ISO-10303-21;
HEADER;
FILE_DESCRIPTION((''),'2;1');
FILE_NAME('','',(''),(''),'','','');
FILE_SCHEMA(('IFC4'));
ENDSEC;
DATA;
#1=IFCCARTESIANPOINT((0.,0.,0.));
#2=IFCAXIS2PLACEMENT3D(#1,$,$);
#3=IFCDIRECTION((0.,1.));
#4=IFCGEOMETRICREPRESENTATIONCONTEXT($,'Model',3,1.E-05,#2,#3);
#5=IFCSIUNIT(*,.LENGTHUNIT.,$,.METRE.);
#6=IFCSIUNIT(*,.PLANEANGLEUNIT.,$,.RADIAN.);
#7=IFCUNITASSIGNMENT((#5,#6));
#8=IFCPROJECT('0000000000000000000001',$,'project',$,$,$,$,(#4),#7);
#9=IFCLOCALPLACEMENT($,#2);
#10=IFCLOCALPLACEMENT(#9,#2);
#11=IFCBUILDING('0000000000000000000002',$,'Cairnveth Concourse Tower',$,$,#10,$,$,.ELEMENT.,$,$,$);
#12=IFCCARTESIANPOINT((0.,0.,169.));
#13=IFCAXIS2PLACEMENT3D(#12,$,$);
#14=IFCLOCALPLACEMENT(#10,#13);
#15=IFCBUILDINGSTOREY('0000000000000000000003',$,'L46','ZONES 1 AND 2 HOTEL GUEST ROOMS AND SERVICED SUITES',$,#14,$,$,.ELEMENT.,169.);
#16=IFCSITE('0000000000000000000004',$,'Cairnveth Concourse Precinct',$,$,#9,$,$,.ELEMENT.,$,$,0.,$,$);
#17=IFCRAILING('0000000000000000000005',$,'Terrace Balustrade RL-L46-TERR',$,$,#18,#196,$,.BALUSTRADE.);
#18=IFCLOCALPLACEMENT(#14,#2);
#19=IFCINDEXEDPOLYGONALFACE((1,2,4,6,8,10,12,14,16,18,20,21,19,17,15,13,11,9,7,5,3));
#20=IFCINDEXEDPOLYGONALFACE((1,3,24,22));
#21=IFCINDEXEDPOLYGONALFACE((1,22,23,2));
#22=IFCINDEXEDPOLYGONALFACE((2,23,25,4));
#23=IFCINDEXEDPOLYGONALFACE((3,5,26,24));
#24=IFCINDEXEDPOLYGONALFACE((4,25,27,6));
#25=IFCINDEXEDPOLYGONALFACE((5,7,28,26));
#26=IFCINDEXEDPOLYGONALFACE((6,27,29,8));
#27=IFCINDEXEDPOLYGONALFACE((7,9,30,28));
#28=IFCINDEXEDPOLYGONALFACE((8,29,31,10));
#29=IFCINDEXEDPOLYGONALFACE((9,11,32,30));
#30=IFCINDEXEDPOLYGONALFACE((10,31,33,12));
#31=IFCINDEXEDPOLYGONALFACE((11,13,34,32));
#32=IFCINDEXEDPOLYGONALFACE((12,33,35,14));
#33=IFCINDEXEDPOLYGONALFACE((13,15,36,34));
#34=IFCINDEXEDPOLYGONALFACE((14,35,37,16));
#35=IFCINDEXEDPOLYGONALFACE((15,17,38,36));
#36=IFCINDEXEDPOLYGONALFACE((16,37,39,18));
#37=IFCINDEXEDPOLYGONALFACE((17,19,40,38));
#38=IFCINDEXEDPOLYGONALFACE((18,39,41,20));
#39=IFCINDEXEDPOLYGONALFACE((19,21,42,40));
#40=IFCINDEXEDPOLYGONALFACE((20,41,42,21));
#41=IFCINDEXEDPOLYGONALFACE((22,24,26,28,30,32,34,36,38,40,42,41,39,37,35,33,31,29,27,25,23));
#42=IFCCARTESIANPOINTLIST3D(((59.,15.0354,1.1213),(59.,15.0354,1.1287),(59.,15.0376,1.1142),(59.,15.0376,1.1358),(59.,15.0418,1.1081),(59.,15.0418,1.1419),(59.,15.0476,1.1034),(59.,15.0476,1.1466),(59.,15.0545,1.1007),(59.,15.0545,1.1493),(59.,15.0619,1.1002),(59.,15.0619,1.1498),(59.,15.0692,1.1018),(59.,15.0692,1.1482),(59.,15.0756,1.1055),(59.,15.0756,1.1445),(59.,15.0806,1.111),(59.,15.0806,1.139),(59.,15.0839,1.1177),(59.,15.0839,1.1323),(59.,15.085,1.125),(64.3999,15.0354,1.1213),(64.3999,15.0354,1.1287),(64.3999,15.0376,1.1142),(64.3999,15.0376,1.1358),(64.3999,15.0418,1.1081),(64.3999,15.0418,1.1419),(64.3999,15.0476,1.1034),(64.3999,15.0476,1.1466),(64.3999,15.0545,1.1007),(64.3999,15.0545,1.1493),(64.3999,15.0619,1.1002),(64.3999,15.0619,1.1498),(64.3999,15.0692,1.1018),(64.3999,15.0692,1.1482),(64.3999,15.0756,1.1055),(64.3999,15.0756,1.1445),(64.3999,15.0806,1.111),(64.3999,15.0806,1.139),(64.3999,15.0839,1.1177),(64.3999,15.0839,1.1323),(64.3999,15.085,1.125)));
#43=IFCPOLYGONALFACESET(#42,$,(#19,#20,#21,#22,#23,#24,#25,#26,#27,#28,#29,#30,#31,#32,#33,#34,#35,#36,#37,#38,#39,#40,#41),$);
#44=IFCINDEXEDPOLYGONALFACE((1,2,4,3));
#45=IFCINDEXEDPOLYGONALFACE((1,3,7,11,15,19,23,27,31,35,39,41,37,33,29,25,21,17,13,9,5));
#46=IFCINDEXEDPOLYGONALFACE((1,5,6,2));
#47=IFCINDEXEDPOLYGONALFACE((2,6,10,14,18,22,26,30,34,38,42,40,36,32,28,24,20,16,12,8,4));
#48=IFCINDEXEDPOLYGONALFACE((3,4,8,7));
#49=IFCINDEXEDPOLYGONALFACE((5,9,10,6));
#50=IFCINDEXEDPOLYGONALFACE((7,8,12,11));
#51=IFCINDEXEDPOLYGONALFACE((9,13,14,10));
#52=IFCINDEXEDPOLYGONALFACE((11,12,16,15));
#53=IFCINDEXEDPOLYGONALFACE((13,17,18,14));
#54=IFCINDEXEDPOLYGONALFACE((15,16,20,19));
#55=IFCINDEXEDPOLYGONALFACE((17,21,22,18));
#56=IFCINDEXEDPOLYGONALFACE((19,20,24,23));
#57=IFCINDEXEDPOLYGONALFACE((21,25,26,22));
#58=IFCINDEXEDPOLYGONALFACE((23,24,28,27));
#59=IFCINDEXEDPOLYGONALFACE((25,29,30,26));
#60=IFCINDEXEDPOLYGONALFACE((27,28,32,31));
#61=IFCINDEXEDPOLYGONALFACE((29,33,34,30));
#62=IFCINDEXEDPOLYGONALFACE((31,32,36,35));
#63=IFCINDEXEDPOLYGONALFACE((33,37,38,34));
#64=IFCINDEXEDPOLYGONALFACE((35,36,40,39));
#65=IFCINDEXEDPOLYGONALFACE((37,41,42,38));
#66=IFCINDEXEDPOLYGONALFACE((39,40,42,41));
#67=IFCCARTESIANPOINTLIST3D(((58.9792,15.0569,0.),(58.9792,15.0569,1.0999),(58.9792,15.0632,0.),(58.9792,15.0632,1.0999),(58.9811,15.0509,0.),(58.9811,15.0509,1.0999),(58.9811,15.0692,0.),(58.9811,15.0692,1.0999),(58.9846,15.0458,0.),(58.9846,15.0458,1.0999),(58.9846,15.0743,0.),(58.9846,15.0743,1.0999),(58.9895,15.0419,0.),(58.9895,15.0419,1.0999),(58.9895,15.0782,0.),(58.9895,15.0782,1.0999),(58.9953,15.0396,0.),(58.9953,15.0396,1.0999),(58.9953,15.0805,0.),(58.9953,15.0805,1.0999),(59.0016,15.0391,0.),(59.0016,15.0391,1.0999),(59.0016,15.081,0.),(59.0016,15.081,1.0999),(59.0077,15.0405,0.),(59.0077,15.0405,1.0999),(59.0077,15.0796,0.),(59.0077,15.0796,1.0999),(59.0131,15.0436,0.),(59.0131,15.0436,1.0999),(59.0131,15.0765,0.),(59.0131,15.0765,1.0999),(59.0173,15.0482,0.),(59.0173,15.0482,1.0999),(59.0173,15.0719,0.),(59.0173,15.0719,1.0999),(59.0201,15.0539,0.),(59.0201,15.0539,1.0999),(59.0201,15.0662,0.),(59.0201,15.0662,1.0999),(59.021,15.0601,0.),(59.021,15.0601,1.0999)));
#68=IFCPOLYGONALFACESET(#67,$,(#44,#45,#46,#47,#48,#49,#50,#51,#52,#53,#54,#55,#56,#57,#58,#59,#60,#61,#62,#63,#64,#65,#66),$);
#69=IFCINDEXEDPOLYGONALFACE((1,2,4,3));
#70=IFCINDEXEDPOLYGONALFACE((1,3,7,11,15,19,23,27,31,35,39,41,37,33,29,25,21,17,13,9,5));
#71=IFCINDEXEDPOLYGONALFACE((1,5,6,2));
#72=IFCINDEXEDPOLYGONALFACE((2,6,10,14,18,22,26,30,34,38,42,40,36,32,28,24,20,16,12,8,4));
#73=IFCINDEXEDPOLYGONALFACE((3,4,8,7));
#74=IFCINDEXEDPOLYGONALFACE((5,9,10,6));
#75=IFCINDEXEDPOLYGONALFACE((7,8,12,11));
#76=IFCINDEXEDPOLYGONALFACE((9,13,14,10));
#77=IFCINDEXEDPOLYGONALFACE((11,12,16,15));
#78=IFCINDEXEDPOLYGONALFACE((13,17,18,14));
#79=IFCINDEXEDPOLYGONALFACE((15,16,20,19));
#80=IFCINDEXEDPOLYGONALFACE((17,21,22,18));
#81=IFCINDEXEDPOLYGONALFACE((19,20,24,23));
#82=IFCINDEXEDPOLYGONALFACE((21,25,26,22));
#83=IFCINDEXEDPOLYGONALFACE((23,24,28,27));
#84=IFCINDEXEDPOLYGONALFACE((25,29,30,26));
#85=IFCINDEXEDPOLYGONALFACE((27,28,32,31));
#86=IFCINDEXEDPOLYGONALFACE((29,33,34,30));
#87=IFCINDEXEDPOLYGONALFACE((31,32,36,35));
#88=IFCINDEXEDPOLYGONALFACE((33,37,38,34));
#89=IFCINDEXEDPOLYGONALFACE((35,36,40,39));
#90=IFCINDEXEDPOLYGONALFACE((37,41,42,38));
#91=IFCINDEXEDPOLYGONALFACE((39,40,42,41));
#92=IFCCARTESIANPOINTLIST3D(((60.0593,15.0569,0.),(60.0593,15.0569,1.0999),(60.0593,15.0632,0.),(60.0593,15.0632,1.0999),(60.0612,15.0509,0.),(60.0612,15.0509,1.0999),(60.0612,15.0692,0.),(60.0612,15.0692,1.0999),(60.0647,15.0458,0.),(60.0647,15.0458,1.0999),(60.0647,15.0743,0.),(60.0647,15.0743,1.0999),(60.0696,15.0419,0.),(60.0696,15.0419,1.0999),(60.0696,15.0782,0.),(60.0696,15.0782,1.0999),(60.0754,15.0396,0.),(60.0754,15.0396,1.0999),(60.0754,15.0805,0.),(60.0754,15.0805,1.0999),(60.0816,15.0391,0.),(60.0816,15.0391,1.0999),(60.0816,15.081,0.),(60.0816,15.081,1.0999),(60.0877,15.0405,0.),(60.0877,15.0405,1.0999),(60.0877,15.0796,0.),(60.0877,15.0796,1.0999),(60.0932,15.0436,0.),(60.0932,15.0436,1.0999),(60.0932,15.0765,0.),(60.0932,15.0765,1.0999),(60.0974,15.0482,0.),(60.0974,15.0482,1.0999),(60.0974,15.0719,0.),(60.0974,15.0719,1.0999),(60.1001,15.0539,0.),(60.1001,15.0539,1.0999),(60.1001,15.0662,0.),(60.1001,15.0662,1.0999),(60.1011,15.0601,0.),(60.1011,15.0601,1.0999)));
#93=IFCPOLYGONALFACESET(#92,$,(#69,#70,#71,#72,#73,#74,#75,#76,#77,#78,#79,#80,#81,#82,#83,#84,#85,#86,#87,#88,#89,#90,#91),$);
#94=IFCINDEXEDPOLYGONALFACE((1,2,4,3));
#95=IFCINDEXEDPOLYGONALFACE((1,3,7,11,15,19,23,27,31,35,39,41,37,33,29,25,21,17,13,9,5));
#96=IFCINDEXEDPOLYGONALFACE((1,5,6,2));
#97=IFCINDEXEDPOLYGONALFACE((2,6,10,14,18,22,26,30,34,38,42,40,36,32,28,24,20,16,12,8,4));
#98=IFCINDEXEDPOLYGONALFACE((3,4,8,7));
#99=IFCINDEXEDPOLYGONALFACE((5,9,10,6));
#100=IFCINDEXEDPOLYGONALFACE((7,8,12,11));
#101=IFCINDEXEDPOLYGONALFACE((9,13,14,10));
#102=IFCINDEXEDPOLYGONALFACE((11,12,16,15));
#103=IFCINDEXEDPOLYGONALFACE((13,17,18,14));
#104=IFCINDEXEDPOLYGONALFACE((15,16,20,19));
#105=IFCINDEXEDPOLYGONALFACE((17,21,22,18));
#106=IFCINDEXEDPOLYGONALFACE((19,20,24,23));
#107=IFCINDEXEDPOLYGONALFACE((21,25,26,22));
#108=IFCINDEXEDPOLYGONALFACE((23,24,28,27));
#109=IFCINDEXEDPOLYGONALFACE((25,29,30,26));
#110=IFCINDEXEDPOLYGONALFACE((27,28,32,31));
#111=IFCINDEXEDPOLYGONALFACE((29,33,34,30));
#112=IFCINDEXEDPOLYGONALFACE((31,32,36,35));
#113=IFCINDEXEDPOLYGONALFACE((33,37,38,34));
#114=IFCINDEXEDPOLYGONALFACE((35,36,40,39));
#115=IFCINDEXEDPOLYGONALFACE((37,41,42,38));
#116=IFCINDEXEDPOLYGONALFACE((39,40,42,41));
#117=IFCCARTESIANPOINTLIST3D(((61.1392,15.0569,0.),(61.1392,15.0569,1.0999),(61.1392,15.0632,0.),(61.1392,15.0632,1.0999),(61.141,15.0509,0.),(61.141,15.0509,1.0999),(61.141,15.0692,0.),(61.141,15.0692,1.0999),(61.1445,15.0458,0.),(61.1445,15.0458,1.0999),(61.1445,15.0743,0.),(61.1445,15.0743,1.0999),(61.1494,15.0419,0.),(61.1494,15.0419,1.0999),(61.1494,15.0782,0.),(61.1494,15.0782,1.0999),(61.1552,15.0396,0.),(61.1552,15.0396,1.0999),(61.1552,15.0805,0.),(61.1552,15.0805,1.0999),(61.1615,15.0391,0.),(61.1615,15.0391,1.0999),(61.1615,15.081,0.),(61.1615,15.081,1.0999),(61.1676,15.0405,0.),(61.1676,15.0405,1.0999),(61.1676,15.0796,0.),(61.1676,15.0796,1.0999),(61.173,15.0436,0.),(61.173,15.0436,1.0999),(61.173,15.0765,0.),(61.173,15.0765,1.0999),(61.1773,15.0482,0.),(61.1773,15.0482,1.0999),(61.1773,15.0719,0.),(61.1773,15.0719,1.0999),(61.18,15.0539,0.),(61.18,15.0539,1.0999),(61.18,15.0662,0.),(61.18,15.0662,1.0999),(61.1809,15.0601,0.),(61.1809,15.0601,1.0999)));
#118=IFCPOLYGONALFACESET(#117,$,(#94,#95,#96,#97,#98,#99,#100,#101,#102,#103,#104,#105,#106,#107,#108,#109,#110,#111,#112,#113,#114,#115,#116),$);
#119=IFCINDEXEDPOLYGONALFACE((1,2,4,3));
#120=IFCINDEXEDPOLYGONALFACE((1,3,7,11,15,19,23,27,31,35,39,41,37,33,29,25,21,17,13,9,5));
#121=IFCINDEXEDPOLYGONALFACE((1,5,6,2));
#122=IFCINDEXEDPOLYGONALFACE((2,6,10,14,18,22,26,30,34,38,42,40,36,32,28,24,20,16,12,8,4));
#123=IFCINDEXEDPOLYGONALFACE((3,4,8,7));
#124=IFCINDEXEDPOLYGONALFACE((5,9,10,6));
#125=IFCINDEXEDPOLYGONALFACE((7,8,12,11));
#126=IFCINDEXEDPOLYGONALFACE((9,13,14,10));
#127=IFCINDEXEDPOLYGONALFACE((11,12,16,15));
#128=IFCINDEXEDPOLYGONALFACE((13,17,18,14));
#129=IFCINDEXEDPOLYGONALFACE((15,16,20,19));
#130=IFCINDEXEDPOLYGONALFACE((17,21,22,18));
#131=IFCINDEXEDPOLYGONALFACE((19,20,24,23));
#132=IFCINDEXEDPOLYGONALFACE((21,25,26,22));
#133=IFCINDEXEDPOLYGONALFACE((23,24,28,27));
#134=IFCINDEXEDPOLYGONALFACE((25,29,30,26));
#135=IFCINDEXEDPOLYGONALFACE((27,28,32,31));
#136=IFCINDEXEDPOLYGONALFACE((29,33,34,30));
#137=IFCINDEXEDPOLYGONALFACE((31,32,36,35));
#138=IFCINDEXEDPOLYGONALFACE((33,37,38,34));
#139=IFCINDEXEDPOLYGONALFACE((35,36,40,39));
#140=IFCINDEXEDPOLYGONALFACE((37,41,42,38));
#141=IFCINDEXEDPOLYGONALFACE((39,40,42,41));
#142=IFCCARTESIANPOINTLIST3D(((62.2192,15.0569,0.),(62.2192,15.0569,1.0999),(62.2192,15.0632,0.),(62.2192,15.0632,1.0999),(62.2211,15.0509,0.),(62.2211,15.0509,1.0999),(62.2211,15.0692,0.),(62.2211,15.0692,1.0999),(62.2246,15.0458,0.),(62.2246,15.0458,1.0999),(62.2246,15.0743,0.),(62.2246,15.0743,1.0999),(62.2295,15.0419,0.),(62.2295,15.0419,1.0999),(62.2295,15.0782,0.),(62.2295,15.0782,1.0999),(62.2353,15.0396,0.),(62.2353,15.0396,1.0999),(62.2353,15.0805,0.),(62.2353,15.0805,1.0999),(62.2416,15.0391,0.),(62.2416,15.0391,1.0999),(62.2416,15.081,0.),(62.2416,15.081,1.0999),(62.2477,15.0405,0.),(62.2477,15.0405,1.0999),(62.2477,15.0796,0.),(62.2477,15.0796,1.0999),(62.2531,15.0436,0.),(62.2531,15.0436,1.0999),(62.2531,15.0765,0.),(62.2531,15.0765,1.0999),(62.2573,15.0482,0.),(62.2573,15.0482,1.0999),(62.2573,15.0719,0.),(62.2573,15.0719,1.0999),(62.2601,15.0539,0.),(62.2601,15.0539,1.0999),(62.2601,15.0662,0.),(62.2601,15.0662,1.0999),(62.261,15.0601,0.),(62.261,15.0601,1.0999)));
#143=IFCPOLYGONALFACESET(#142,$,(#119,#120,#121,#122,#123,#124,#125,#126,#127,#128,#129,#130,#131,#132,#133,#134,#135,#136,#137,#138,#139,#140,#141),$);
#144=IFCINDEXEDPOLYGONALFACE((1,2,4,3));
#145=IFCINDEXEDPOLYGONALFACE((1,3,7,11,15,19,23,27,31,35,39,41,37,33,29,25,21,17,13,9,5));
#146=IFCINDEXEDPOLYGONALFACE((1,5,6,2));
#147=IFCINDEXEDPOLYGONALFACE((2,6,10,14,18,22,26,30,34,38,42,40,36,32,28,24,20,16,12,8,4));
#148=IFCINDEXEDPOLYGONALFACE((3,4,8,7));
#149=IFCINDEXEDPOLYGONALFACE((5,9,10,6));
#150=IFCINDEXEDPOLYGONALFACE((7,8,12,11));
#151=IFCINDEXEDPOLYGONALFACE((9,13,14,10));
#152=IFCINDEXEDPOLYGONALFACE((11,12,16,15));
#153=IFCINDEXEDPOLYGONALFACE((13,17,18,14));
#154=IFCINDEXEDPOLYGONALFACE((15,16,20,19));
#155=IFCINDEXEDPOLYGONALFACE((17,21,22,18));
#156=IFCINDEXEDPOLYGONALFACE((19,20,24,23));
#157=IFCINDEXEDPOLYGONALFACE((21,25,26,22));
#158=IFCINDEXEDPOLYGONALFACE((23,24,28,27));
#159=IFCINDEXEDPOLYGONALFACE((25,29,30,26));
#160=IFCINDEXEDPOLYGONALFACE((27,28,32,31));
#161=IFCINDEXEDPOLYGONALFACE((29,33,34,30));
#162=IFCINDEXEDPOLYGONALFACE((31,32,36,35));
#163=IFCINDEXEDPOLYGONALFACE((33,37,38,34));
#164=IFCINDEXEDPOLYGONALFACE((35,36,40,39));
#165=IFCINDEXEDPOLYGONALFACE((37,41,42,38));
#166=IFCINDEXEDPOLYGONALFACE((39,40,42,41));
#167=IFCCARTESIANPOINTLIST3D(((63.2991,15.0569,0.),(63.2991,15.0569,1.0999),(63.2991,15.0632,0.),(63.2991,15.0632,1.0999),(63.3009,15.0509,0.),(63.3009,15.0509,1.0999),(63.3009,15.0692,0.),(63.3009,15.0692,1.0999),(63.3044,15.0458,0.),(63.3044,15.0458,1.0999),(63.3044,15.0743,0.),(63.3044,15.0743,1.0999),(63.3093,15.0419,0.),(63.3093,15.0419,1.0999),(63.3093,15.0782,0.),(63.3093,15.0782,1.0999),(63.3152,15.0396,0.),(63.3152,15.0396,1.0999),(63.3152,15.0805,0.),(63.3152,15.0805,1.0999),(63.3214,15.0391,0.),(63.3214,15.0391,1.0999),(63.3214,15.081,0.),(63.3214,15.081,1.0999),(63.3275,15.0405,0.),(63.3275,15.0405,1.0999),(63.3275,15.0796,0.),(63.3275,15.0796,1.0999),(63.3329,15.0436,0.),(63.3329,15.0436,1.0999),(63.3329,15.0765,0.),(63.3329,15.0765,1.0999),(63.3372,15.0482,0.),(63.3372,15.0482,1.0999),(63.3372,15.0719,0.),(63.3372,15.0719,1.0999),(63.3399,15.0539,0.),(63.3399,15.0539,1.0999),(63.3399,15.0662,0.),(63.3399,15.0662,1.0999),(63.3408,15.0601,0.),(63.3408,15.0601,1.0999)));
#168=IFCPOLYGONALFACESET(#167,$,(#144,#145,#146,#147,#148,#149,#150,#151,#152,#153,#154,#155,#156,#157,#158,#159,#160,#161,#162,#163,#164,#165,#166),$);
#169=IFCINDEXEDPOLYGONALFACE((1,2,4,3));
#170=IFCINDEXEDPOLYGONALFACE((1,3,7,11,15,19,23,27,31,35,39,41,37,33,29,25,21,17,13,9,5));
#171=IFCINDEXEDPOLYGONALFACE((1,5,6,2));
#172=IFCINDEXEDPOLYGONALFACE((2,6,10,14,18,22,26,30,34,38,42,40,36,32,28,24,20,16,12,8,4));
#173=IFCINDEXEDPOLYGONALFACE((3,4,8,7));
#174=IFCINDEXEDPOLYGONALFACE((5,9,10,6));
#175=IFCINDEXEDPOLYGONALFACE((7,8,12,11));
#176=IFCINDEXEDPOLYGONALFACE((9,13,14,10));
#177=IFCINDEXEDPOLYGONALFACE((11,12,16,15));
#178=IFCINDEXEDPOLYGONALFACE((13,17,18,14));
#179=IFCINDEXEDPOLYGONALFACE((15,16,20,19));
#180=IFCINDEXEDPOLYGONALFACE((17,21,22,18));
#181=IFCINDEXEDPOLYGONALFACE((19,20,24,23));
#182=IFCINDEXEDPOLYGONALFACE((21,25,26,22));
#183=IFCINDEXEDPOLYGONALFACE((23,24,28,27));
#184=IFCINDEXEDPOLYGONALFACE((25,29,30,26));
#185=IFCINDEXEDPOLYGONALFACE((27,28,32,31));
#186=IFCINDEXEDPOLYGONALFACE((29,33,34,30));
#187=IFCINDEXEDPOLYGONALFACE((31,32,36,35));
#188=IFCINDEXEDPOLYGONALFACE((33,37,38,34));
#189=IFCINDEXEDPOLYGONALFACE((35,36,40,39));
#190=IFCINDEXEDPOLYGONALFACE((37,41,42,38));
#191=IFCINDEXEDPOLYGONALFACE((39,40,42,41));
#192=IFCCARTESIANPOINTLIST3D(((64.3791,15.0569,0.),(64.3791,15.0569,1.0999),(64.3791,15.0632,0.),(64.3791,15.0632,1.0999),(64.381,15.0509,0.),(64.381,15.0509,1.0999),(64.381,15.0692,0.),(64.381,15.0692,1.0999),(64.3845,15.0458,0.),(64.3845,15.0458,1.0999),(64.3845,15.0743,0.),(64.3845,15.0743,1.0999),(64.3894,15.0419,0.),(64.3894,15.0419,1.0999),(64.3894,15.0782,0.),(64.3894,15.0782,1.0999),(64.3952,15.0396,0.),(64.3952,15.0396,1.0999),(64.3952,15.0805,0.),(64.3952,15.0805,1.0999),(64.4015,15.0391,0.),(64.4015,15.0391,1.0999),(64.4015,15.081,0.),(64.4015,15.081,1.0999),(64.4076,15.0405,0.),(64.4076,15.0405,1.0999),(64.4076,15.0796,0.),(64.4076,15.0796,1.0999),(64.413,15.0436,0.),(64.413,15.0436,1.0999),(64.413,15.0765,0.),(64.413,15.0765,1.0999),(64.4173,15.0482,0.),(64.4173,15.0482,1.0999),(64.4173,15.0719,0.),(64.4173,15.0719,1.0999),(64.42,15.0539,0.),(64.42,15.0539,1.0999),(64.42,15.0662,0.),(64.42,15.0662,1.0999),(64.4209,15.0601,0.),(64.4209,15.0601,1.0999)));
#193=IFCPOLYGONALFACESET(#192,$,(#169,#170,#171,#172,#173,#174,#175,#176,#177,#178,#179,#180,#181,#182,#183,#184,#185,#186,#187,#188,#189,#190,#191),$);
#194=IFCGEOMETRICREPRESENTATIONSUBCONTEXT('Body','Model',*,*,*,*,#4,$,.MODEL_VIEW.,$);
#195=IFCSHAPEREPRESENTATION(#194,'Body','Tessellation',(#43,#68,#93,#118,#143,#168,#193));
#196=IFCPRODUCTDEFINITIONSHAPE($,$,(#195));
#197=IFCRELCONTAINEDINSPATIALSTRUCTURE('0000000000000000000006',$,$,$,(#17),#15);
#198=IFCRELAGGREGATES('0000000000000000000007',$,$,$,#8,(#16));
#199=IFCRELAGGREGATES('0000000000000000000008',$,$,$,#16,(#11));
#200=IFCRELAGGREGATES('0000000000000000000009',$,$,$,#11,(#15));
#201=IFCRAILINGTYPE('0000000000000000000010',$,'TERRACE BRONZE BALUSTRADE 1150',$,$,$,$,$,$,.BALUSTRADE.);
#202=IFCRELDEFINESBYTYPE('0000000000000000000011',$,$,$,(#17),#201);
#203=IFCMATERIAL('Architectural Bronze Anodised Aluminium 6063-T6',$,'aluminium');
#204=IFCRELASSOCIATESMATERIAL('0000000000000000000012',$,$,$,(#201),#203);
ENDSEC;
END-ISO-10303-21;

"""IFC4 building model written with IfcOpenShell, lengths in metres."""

from ifc_helpers import new_model, si_unit, direction, frame, origin, origin_2d, place, context, subcontext, project, spatial, circle, extrude, material, type_object, element, save


model = new_model("IFC4")

# Units and contexts
model_context = context("Model", 3, precision=1e-05, world=origin(), true_north=direction((0.0, 1.0)))
body_context = subcontext(model_context, "Body", "Model", "MODEL_VIEW")
ifc_project = project(units=[si_unit("LENGTHUNIT", "METRE"), si_unit("PLANEANGLEUNIT", "RADIAN")], contexts=[model_context])

# Site, building, storey
site_placement = place(None, origin())
site = spatial("IfcSite", under=ifc_project, at=site_placement, Name="Cairnveth Concourse Precinct", CompositionType="ELEMENT", RefElevation=0.0)
building_placement = place(site_placement, origin())
building = spatial("IfcBuilding", under=site, at=building_placement, Name="Cairnveth Concourse Tower", CompositionType="ELEMENT")
storey_placement = place(building_placement, frame((0.0, 0.0, 169.0)))
storey = spatial("IfcBuildingStorey", under=building, at=storey_placement, Name="L46", Description="ZONES 1 AND 2 HOTEL GUEST ROOMS AND SERVICED SUITES", CompositionType="ELEMENT", Elevation=169.0)

# Shared definitions
ifc_material_1 = material(Name="Architectural Bronze Anodised Aluminium 6063-T6", Category="aluminium")

# Railing
railing_type = type_object("IfcRailingType", Name="TERRACE BRONZE BALUSTRADE 1150", PredefinedType="BALUSTRADE", material=ifc_material_1)
railing_placement = place(storey_placement, frame((59.0, 15.0601, 0.0)))
element("IfcRailing", 1, at=railing_placement, inside=storey, type_object=railing_type, Name="Terrace Balustrade RL-L46-TERR", PredefinedType="BALUSTRADE", context=body_context, shape_type="SweptSolid", body=[
    extrude(circle(Radius=0.0249, at=origin_2d()), frame((0.0, 0.0, 1.125), z_axis=(1.0, 0.0, 0.0), x_axis=(0.0, 1.0, 0.0)), (0.0, 0.0, 1.0), 5.3999),
    extrude(circle(Radius=0.021, at=origin_2d()), origin(), (0.0, 0.0, 1.0), 1.0999),
    extrude(circle(Radius=0.021, at=origin_2d()), frame((1.0801, 0.0, 0.0)), (0.0, 0.0, 1.0), 1.0999),
    extrude(circle(Radius=0.021, at=origin_2d()), frame((2.1599, 0.0, 0.0)), (0.0, 0.0, 1.0), 1.0999),
    extrude(circle(Radius=0.021, at=origin_2d()), frame((3.24, 0.0, 0.0)), (0.0, 0.0, 1.0), 1.0999),
    extrude(circle(Radius=0.021, at=origin_2d()), frame((4.3198, 0.0, 0.0)), (0.0, 0.0, 1.0), 1.0999),
    extrude(circle(Radius=0.021, at=origin_2d()), frame((5.3999, 0.0, 0.0)), (0.0, 0.0, 1.0), 1.0999),
])

save(model, "model.ifc")
